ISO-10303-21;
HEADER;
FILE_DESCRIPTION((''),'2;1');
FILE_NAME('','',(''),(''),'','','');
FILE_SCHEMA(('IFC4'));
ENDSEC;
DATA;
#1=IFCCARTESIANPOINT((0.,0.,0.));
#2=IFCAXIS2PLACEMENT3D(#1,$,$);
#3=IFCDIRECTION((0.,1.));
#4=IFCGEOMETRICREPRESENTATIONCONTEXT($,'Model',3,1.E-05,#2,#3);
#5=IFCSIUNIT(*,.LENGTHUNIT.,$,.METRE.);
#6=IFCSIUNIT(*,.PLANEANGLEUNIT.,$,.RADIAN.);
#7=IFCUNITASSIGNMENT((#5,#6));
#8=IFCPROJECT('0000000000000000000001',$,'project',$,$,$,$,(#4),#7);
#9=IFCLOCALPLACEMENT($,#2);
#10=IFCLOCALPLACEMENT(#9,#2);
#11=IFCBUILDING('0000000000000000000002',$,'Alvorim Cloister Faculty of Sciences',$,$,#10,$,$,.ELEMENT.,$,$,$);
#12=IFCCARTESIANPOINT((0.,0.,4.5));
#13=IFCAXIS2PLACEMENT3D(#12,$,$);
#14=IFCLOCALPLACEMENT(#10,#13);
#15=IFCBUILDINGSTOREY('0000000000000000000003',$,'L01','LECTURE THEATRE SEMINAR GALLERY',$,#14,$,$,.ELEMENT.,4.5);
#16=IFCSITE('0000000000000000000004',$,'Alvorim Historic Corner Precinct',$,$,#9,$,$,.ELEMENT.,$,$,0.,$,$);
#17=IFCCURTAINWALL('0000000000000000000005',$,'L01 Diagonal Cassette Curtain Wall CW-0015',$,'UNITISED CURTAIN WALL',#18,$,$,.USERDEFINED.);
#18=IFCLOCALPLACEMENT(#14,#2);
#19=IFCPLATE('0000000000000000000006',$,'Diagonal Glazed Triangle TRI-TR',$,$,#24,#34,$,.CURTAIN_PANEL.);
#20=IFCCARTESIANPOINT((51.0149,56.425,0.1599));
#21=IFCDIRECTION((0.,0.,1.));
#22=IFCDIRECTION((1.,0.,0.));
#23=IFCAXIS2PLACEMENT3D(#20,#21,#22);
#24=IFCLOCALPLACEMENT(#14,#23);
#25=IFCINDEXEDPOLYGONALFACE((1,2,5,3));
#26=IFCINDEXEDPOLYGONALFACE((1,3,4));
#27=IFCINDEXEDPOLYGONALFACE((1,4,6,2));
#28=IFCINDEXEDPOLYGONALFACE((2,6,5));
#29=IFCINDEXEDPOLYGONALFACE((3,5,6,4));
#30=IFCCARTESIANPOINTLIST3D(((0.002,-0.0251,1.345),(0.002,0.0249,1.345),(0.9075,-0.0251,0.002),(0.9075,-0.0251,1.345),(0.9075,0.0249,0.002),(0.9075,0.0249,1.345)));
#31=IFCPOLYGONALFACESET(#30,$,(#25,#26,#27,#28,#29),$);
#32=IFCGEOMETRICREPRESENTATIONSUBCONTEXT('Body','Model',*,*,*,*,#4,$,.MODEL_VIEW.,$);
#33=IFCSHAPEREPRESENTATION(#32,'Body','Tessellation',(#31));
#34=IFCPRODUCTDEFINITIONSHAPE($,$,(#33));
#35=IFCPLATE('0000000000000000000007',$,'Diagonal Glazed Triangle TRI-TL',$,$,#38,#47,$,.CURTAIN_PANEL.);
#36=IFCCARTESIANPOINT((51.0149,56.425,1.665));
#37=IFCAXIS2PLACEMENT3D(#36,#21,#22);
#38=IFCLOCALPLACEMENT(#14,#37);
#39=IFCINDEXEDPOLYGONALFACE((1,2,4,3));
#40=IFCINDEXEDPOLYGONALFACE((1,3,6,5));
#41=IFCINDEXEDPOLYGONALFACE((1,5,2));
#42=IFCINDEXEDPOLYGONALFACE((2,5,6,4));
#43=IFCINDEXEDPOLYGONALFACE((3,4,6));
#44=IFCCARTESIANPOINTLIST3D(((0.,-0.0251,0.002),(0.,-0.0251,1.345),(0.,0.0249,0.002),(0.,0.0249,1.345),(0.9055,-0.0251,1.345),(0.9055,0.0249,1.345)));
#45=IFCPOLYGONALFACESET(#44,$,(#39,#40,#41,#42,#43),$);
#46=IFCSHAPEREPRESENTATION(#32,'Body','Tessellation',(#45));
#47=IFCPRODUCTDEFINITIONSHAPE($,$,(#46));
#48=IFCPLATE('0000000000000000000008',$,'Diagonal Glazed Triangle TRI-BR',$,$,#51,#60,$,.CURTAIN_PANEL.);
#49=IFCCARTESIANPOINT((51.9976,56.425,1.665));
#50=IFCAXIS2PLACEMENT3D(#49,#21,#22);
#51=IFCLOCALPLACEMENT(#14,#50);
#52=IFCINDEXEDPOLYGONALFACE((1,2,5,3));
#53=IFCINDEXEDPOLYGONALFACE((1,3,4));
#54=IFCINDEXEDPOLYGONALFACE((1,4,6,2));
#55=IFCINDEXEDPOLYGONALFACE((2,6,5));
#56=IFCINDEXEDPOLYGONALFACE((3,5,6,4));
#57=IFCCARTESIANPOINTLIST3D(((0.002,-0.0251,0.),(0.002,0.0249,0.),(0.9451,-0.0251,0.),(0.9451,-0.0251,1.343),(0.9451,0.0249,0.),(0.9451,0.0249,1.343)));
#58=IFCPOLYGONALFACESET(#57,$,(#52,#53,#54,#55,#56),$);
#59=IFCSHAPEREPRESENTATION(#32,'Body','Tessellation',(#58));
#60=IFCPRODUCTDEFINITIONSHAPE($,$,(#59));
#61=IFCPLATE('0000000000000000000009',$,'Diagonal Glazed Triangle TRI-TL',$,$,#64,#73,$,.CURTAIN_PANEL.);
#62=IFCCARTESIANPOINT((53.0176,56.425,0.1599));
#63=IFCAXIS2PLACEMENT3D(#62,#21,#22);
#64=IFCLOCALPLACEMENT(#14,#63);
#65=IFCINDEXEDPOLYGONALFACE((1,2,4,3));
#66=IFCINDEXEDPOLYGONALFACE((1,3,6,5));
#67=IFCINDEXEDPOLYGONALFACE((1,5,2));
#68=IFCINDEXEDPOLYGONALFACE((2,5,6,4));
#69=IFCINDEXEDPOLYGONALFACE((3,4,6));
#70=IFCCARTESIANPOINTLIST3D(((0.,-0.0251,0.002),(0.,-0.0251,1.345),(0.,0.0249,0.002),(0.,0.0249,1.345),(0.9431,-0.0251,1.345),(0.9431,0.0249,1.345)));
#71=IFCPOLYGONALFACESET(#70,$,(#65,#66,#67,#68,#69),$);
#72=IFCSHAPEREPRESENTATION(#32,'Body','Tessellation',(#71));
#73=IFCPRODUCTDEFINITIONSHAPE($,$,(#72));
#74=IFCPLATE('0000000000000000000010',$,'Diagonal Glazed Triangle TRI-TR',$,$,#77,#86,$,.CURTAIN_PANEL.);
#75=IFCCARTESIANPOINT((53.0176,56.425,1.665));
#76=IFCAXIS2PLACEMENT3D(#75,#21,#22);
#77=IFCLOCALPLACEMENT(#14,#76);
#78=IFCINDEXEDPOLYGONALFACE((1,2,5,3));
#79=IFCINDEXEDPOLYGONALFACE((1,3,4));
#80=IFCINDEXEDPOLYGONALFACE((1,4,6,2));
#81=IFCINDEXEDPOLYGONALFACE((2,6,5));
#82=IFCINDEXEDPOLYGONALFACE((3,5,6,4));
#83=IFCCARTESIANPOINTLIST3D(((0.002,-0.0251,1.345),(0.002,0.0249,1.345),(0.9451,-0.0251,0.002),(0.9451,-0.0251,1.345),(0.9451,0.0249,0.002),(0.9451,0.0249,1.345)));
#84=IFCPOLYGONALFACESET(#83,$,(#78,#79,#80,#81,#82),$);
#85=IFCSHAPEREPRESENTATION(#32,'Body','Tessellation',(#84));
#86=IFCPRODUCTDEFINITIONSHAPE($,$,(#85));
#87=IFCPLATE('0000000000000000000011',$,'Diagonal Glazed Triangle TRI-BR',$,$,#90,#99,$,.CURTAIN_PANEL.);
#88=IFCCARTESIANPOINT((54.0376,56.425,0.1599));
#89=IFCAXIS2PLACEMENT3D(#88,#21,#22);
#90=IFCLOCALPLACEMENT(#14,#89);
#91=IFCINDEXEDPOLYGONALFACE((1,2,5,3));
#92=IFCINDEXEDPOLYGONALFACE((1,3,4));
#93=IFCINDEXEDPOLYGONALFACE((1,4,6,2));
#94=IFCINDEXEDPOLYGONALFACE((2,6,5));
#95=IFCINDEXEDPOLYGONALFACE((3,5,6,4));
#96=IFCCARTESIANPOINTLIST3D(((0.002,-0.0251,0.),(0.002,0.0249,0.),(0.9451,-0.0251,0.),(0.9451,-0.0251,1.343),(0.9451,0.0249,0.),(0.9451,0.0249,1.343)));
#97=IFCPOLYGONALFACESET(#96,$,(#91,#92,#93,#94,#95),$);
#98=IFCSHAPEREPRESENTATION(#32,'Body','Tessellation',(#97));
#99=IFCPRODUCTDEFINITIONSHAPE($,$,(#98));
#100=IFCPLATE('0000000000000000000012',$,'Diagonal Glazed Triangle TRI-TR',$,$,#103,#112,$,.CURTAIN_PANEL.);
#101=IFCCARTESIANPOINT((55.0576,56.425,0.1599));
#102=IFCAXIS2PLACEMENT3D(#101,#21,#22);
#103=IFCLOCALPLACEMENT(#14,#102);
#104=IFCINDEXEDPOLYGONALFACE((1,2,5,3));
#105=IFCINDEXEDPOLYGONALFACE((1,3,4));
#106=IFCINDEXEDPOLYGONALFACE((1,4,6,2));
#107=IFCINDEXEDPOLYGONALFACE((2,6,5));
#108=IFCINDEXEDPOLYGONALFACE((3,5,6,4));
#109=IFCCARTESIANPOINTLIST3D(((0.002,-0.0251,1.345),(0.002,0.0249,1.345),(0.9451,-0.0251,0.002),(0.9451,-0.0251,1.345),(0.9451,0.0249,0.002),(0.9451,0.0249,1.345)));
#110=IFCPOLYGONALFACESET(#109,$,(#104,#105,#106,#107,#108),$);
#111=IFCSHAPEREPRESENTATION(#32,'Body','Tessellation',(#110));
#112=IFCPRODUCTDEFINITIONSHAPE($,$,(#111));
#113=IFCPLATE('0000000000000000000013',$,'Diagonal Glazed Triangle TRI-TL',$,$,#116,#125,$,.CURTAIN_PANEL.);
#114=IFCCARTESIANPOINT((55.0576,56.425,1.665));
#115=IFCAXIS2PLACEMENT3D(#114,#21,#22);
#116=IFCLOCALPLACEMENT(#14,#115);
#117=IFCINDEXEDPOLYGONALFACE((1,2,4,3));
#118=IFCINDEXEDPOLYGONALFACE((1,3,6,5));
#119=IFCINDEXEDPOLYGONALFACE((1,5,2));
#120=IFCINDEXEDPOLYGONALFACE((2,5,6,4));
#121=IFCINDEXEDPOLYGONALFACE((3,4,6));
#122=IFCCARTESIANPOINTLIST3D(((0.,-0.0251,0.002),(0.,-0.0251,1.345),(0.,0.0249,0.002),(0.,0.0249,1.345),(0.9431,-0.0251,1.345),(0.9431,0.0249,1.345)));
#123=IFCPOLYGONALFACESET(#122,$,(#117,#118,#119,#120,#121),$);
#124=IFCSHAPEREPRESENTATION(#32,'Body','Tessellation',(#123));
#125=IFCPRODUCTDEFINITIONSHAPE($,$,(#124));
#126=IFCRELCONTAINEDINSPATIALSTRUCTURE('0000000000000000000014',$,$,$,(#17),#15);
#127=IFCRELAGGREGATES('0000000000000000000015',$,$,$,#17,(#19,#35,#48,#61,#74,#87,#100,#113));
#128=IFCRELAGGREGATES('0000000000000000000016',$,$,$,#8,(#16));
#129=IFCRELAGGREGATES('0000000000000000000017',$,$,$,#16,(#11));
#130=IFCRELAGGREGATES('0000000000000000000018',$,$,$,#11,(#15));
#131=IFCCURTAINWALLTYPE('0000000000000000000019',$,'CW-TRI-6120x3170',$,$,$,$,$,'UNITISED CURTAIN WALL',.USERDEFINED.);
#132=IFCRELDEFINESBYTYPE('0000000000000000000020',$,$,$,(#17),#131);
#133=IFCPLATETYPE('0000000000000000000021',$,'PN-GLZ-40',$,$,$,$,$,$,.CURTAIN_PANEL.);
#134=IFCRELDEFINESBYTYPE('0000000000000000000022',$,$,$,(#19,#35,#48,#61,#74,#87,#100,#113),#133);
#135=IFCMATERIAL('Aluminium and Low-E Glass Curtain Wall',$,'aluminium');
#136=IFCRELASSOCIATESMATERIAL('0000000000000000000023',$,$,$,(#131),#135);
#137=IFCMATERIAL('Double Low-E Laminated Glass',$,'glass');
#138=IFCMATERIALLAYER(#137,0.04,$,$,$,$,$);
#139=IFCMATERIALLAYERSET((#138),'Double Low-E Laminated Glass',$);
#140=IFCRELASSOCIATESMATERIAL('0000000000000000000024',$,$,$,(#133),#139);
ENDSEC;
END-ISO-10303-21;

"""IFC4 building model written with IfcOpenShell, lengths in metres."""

from ifc_helpers import new_model, si_unit, direction, frame, origin, place, context, subcontext, project, spatial, polyline, outline, extrude, material, layer, layer_set, type_object, element, aggregate, save


model = new_model("IFC4")

# Units and contexts
model_context = context("Model", 3, precision=1e-05, world=origin(), true_north=direction((0.0, 1.0)))
body_context = subcontext(model_context, "Body", "Model", "MODEL_VIEW")
ifc_project = project(units=[si_unit("LENGTHUNIT", "METRE"), si_unit("PLANEANGLEUNIT", "RADIAN")], contexts=[model_context])

# Site, building, storey
site_placement = place(None, origin())
site = spatial("IfcSite", under=ifc_project, at=site_placement, Name="Alvorim Historic Corner Precinct", CompositionType="ELEMENT", RefElevation=0.0)
building_placement = place(site_placement, origin())
building = spatial("IfcBuilding", under=site, at=building_placement, Name="Alvorim Cloister Faculty of Sciences", CompositionType="ELEMENT")
storey_placement = place(building_placement, frame((0.0, 0.0, 4.5)))
storey = spatial("IfcBuildingStorey", under=building, at=storey_placement, Name="L01", Description="LECTURE THEATRE SEMINAR GALLERY", CompositionType="ELEMENT", Elevation=4.5)

# Curtain wall, plates
ifc_material_1 = material(Name="Aluminium and Low-E Glass Curtain Wall", Category="aluminium")
curtain_wall_type = type_object("IfcCurtainWallType", Name="CW-TRI-6120x3170", ElementType="UNITISED CURTAIN WALL", PredefinedType="USERDEFINED", material=ifc_material_1)
curtain_wall_placement = place(storey_placement, origin())
curtain_wall = element("IfcCurtainWall", 1, at=curtain_wall_placement, inside=storey, type_object=curtain_wall_type, Name="L01 Diagonal Cassette Curtain Wall CW-0015", ObjectType="UNITISED CURTAIN WALL", PredefinedType="USERDEFINED")
ifc_material_2 = material(Name="Double Low-E Laminated Glass", Category="glass")
ifc_layer_1 = layer(ifc_material_2, 0.04)
ifc_layer_set_1 = layer_set([ifc_layer_1], Name="Double Low-E Laminated Glass")
plate_type = type_object("IfcPlateType", Name="PN-GLZ-40", PredefinedType="CURTAIN_PANEL", material=ifc_layer_set_1)
plate_1_placement = place(storey_placement, frame((51.0149, 56.425, 0.1599), z_axis=(0.0, 0.0, 1.0), x_axis=(1.0, 0.0, 0.0)))
plate_1 = element("IfcPlate", 2, at=plate_1_placement, type_object=plate_type, Name="Diagonal Glazed Triangle TRI-TR", PredefinedType="CURTAIN_PANEL", context=body_context, shape_type="SweptSolid", body=[
    extrude(outline(polyline([(0.9075, 0.002), (0.9075, 1.345), (0.002, 1.345), (0.9075, 0.002)])), frame((0.0, 0.0249, 0.0), z_axis=(0.0, -1.0, 0.0), x_axis=(1.0, 0.0, 0.0)), (0.0, 0.0, 1.0), 0.05),
])
plate_2_placement = place(storey_placement, frame((51.0149, 56.425, 1.665), z_axis=(0.0, 0.0, 1.0), x_axis=(1.0, 0.0, 0.0)))
plate_2 = element("IfcPlate", 3, at=plate_2_placement, type_object=plate_type, Name="Diagonal Glazed Triangle TRI-TL", PredefinedType="CURTAIN_PANEL", context=body_context, shape_type="SweptSolid", body=[
    extrude(outline(polyline([(0.9055, 1.345), (0.0, 1.345), (0.0, 0.002), (0.9055, 1.345)])), frame((0.0, 0.0249, 0.0), z_axis=(0.0, -1.0, 0.0), x_axis=(1.0, 0.0, 0.0)), (0.0, 0.0, 1.0), 0.05),
])
plate_3_placement = place(storey_placement, frame((51.9976, 56.425, 1.665), z_axis=(0.0, 0.0, 1.0), x_axis=(1.0, 0.0, 0.0)))
plate_3 = element("IfcPlate", 4, at=plate_3_placement, type_object=plate_type, Name="Diagonal Glazed Triangle TRI-BR", PredefinedType="CURTAIN_PANEL", context=body_context, shape_type="SweptSolid", body=[
    extrude(outline(polyline([(0.002, 0.0), (0.9451, 0.0), (0.9451, 1.343), (0.002, 0.0)])), frame((0.0, 0.0249, 0.0), z_axis=(0.0, -1.0, 0.0), x_axis=(1.0, 0.0, 0.0)), (0.0, 0.0, 1.0), 0.05),
])
plate_4_placement = place(storey_placement, frame((53.0176, 56.425, 0.1599), z_axis=(0.0, 0.0, 1.0), x_axis=(1.0, 0.0, 0.0)))
plate_4 = element("IfcPlate", 5, at=plate_4_placement, type_object=plate_type, Name="Diagonal Glazed Triangle TRI-TL", PredefinedType="CURTAIN_PANEL", context=body_context, shape_type="SweptSolid", body=[
    extrude(outline(polyline([(0.9431, 1.345), (0.0, 1.345), (0.0, 0.002), (0.9431, 1.345)])), frame((0.0, 0.0249, 0.0), z_axis=(0.0, -1.0, 0.0), x_axis=(1.0, 0.0, 0.0)), (0.0, 0.0, 1.0), 0.05),
])
plate_5_placement = place(storey_placement, frame((53.0176, 56.425, 1.665), z_axis=(0.0, 0.0, 1.0), x_axis=(1.0, 0.0, 0.0)))
plate_5 = element("IfcPlate", 6, at=plate_5_placement, type_object=plate_type, Name="Diagonal Glazed Triangle TRI-TR", PredefinedType="CURTAIN_PANEL", context=body_context, shape_type="SweptSolid", body=[
    extrude(outline(polyline([(0.9451, 0.002), (0.9451, 1.345), (0.002, 1.345), (0.9451, 0.002)])), frame((0.0, 0.0249, 0.0), z_axis=(0.0, -1.0, 0.0), x_axis=(1.0, 0.0, 0.0)), (0.0, 0.0, 1.0), 0.05),
])
plate_6_placement = place(storey_placement, frame((54.0376, 56.425, 0.1599), z_axis=(0.0, 0.0, 1.0), x_axis=(1.0, 0.0, 0.0)))
plate_6 = element("IfcPlate", 7, at=plate_6_placement, type_object=plate_type, Name="Diagonal Glazed Triangle TRI-BR", PredefinedType="CURTAIN_PANEL", context=body_context, shape_type="SweptSolid", body=[
    extrude(outline(polyline([(0.002, 0.0), (0.9451, 0.0), (0.9451, 1.343), (0.002, 0.0)])), frame((0.0, 0.0249, 0.0), z_axis=(0.0, -1.0, 0.0), x_axis=(1.0, 0.0, 0.0)), (0.0, 0.0, 1.0), 0.05),
])
plate_7_placement = place(storey_placement, frame((55.0576, 56.425, 0.1599), z_axis=(0.0, 0.0, 1.0), x_axis=(1.0, 0.0, 0.0)))
plate_7 = element("IfcPlate", 8, at=plate_7_placement, type_object=plate_type, Name="Diagonal Glazed Triangle TRI-TR", PredefinedType="CURTAIN_PANEL", context=body_context, shape_type="SweptSolid", body=[
    extrude(outline(polyline([(0.9451, 0.002), (0.9451, 1.345), (0.002, 1.345), (0.9451, 0.002)])), frame((0.0, 0.0249, 0.0), z_axis=(0.0, -1.0, 0.0), x_axis=(1.0, 0.0, 0.0)), (0.0, 0.0, 1.0), 0.05),
])
plate_8_placement = place(storey_placement, frame((55.0576, 56.425, 1.665), z_axis=(0.0, 0.0, 1.0), x_axis=(1.0, 0.0, 0.0)))
plate_8 = element("IfcPlate", 9, at=plate_8_placement, type_object=plate_type, Name="Diagonal Glazed Triangle TRI-TL", PredefinedType="CURTAIN_PANEL", context=body_context, shape_type="SweptSolid", body=[
    extrude(outline(polyline([(0.9431, 1.345), (0.0, 1.345), (0.0, 0.002), (0.9431, 1.345)])), frame((0.0, 0.0249, 0.0), z_axis=(0.0, -1.0, 0.0), x_axis=(1.0, 0.0, 0.0)), (0.0, 0.0, 1.0), 0.05),
])
aggregate(curtain_wall, [plate_1, plate_2, plate_3, plate_4, plate_5, plate_6, plate_7, plate_8])

save(model, "model.ifc")
